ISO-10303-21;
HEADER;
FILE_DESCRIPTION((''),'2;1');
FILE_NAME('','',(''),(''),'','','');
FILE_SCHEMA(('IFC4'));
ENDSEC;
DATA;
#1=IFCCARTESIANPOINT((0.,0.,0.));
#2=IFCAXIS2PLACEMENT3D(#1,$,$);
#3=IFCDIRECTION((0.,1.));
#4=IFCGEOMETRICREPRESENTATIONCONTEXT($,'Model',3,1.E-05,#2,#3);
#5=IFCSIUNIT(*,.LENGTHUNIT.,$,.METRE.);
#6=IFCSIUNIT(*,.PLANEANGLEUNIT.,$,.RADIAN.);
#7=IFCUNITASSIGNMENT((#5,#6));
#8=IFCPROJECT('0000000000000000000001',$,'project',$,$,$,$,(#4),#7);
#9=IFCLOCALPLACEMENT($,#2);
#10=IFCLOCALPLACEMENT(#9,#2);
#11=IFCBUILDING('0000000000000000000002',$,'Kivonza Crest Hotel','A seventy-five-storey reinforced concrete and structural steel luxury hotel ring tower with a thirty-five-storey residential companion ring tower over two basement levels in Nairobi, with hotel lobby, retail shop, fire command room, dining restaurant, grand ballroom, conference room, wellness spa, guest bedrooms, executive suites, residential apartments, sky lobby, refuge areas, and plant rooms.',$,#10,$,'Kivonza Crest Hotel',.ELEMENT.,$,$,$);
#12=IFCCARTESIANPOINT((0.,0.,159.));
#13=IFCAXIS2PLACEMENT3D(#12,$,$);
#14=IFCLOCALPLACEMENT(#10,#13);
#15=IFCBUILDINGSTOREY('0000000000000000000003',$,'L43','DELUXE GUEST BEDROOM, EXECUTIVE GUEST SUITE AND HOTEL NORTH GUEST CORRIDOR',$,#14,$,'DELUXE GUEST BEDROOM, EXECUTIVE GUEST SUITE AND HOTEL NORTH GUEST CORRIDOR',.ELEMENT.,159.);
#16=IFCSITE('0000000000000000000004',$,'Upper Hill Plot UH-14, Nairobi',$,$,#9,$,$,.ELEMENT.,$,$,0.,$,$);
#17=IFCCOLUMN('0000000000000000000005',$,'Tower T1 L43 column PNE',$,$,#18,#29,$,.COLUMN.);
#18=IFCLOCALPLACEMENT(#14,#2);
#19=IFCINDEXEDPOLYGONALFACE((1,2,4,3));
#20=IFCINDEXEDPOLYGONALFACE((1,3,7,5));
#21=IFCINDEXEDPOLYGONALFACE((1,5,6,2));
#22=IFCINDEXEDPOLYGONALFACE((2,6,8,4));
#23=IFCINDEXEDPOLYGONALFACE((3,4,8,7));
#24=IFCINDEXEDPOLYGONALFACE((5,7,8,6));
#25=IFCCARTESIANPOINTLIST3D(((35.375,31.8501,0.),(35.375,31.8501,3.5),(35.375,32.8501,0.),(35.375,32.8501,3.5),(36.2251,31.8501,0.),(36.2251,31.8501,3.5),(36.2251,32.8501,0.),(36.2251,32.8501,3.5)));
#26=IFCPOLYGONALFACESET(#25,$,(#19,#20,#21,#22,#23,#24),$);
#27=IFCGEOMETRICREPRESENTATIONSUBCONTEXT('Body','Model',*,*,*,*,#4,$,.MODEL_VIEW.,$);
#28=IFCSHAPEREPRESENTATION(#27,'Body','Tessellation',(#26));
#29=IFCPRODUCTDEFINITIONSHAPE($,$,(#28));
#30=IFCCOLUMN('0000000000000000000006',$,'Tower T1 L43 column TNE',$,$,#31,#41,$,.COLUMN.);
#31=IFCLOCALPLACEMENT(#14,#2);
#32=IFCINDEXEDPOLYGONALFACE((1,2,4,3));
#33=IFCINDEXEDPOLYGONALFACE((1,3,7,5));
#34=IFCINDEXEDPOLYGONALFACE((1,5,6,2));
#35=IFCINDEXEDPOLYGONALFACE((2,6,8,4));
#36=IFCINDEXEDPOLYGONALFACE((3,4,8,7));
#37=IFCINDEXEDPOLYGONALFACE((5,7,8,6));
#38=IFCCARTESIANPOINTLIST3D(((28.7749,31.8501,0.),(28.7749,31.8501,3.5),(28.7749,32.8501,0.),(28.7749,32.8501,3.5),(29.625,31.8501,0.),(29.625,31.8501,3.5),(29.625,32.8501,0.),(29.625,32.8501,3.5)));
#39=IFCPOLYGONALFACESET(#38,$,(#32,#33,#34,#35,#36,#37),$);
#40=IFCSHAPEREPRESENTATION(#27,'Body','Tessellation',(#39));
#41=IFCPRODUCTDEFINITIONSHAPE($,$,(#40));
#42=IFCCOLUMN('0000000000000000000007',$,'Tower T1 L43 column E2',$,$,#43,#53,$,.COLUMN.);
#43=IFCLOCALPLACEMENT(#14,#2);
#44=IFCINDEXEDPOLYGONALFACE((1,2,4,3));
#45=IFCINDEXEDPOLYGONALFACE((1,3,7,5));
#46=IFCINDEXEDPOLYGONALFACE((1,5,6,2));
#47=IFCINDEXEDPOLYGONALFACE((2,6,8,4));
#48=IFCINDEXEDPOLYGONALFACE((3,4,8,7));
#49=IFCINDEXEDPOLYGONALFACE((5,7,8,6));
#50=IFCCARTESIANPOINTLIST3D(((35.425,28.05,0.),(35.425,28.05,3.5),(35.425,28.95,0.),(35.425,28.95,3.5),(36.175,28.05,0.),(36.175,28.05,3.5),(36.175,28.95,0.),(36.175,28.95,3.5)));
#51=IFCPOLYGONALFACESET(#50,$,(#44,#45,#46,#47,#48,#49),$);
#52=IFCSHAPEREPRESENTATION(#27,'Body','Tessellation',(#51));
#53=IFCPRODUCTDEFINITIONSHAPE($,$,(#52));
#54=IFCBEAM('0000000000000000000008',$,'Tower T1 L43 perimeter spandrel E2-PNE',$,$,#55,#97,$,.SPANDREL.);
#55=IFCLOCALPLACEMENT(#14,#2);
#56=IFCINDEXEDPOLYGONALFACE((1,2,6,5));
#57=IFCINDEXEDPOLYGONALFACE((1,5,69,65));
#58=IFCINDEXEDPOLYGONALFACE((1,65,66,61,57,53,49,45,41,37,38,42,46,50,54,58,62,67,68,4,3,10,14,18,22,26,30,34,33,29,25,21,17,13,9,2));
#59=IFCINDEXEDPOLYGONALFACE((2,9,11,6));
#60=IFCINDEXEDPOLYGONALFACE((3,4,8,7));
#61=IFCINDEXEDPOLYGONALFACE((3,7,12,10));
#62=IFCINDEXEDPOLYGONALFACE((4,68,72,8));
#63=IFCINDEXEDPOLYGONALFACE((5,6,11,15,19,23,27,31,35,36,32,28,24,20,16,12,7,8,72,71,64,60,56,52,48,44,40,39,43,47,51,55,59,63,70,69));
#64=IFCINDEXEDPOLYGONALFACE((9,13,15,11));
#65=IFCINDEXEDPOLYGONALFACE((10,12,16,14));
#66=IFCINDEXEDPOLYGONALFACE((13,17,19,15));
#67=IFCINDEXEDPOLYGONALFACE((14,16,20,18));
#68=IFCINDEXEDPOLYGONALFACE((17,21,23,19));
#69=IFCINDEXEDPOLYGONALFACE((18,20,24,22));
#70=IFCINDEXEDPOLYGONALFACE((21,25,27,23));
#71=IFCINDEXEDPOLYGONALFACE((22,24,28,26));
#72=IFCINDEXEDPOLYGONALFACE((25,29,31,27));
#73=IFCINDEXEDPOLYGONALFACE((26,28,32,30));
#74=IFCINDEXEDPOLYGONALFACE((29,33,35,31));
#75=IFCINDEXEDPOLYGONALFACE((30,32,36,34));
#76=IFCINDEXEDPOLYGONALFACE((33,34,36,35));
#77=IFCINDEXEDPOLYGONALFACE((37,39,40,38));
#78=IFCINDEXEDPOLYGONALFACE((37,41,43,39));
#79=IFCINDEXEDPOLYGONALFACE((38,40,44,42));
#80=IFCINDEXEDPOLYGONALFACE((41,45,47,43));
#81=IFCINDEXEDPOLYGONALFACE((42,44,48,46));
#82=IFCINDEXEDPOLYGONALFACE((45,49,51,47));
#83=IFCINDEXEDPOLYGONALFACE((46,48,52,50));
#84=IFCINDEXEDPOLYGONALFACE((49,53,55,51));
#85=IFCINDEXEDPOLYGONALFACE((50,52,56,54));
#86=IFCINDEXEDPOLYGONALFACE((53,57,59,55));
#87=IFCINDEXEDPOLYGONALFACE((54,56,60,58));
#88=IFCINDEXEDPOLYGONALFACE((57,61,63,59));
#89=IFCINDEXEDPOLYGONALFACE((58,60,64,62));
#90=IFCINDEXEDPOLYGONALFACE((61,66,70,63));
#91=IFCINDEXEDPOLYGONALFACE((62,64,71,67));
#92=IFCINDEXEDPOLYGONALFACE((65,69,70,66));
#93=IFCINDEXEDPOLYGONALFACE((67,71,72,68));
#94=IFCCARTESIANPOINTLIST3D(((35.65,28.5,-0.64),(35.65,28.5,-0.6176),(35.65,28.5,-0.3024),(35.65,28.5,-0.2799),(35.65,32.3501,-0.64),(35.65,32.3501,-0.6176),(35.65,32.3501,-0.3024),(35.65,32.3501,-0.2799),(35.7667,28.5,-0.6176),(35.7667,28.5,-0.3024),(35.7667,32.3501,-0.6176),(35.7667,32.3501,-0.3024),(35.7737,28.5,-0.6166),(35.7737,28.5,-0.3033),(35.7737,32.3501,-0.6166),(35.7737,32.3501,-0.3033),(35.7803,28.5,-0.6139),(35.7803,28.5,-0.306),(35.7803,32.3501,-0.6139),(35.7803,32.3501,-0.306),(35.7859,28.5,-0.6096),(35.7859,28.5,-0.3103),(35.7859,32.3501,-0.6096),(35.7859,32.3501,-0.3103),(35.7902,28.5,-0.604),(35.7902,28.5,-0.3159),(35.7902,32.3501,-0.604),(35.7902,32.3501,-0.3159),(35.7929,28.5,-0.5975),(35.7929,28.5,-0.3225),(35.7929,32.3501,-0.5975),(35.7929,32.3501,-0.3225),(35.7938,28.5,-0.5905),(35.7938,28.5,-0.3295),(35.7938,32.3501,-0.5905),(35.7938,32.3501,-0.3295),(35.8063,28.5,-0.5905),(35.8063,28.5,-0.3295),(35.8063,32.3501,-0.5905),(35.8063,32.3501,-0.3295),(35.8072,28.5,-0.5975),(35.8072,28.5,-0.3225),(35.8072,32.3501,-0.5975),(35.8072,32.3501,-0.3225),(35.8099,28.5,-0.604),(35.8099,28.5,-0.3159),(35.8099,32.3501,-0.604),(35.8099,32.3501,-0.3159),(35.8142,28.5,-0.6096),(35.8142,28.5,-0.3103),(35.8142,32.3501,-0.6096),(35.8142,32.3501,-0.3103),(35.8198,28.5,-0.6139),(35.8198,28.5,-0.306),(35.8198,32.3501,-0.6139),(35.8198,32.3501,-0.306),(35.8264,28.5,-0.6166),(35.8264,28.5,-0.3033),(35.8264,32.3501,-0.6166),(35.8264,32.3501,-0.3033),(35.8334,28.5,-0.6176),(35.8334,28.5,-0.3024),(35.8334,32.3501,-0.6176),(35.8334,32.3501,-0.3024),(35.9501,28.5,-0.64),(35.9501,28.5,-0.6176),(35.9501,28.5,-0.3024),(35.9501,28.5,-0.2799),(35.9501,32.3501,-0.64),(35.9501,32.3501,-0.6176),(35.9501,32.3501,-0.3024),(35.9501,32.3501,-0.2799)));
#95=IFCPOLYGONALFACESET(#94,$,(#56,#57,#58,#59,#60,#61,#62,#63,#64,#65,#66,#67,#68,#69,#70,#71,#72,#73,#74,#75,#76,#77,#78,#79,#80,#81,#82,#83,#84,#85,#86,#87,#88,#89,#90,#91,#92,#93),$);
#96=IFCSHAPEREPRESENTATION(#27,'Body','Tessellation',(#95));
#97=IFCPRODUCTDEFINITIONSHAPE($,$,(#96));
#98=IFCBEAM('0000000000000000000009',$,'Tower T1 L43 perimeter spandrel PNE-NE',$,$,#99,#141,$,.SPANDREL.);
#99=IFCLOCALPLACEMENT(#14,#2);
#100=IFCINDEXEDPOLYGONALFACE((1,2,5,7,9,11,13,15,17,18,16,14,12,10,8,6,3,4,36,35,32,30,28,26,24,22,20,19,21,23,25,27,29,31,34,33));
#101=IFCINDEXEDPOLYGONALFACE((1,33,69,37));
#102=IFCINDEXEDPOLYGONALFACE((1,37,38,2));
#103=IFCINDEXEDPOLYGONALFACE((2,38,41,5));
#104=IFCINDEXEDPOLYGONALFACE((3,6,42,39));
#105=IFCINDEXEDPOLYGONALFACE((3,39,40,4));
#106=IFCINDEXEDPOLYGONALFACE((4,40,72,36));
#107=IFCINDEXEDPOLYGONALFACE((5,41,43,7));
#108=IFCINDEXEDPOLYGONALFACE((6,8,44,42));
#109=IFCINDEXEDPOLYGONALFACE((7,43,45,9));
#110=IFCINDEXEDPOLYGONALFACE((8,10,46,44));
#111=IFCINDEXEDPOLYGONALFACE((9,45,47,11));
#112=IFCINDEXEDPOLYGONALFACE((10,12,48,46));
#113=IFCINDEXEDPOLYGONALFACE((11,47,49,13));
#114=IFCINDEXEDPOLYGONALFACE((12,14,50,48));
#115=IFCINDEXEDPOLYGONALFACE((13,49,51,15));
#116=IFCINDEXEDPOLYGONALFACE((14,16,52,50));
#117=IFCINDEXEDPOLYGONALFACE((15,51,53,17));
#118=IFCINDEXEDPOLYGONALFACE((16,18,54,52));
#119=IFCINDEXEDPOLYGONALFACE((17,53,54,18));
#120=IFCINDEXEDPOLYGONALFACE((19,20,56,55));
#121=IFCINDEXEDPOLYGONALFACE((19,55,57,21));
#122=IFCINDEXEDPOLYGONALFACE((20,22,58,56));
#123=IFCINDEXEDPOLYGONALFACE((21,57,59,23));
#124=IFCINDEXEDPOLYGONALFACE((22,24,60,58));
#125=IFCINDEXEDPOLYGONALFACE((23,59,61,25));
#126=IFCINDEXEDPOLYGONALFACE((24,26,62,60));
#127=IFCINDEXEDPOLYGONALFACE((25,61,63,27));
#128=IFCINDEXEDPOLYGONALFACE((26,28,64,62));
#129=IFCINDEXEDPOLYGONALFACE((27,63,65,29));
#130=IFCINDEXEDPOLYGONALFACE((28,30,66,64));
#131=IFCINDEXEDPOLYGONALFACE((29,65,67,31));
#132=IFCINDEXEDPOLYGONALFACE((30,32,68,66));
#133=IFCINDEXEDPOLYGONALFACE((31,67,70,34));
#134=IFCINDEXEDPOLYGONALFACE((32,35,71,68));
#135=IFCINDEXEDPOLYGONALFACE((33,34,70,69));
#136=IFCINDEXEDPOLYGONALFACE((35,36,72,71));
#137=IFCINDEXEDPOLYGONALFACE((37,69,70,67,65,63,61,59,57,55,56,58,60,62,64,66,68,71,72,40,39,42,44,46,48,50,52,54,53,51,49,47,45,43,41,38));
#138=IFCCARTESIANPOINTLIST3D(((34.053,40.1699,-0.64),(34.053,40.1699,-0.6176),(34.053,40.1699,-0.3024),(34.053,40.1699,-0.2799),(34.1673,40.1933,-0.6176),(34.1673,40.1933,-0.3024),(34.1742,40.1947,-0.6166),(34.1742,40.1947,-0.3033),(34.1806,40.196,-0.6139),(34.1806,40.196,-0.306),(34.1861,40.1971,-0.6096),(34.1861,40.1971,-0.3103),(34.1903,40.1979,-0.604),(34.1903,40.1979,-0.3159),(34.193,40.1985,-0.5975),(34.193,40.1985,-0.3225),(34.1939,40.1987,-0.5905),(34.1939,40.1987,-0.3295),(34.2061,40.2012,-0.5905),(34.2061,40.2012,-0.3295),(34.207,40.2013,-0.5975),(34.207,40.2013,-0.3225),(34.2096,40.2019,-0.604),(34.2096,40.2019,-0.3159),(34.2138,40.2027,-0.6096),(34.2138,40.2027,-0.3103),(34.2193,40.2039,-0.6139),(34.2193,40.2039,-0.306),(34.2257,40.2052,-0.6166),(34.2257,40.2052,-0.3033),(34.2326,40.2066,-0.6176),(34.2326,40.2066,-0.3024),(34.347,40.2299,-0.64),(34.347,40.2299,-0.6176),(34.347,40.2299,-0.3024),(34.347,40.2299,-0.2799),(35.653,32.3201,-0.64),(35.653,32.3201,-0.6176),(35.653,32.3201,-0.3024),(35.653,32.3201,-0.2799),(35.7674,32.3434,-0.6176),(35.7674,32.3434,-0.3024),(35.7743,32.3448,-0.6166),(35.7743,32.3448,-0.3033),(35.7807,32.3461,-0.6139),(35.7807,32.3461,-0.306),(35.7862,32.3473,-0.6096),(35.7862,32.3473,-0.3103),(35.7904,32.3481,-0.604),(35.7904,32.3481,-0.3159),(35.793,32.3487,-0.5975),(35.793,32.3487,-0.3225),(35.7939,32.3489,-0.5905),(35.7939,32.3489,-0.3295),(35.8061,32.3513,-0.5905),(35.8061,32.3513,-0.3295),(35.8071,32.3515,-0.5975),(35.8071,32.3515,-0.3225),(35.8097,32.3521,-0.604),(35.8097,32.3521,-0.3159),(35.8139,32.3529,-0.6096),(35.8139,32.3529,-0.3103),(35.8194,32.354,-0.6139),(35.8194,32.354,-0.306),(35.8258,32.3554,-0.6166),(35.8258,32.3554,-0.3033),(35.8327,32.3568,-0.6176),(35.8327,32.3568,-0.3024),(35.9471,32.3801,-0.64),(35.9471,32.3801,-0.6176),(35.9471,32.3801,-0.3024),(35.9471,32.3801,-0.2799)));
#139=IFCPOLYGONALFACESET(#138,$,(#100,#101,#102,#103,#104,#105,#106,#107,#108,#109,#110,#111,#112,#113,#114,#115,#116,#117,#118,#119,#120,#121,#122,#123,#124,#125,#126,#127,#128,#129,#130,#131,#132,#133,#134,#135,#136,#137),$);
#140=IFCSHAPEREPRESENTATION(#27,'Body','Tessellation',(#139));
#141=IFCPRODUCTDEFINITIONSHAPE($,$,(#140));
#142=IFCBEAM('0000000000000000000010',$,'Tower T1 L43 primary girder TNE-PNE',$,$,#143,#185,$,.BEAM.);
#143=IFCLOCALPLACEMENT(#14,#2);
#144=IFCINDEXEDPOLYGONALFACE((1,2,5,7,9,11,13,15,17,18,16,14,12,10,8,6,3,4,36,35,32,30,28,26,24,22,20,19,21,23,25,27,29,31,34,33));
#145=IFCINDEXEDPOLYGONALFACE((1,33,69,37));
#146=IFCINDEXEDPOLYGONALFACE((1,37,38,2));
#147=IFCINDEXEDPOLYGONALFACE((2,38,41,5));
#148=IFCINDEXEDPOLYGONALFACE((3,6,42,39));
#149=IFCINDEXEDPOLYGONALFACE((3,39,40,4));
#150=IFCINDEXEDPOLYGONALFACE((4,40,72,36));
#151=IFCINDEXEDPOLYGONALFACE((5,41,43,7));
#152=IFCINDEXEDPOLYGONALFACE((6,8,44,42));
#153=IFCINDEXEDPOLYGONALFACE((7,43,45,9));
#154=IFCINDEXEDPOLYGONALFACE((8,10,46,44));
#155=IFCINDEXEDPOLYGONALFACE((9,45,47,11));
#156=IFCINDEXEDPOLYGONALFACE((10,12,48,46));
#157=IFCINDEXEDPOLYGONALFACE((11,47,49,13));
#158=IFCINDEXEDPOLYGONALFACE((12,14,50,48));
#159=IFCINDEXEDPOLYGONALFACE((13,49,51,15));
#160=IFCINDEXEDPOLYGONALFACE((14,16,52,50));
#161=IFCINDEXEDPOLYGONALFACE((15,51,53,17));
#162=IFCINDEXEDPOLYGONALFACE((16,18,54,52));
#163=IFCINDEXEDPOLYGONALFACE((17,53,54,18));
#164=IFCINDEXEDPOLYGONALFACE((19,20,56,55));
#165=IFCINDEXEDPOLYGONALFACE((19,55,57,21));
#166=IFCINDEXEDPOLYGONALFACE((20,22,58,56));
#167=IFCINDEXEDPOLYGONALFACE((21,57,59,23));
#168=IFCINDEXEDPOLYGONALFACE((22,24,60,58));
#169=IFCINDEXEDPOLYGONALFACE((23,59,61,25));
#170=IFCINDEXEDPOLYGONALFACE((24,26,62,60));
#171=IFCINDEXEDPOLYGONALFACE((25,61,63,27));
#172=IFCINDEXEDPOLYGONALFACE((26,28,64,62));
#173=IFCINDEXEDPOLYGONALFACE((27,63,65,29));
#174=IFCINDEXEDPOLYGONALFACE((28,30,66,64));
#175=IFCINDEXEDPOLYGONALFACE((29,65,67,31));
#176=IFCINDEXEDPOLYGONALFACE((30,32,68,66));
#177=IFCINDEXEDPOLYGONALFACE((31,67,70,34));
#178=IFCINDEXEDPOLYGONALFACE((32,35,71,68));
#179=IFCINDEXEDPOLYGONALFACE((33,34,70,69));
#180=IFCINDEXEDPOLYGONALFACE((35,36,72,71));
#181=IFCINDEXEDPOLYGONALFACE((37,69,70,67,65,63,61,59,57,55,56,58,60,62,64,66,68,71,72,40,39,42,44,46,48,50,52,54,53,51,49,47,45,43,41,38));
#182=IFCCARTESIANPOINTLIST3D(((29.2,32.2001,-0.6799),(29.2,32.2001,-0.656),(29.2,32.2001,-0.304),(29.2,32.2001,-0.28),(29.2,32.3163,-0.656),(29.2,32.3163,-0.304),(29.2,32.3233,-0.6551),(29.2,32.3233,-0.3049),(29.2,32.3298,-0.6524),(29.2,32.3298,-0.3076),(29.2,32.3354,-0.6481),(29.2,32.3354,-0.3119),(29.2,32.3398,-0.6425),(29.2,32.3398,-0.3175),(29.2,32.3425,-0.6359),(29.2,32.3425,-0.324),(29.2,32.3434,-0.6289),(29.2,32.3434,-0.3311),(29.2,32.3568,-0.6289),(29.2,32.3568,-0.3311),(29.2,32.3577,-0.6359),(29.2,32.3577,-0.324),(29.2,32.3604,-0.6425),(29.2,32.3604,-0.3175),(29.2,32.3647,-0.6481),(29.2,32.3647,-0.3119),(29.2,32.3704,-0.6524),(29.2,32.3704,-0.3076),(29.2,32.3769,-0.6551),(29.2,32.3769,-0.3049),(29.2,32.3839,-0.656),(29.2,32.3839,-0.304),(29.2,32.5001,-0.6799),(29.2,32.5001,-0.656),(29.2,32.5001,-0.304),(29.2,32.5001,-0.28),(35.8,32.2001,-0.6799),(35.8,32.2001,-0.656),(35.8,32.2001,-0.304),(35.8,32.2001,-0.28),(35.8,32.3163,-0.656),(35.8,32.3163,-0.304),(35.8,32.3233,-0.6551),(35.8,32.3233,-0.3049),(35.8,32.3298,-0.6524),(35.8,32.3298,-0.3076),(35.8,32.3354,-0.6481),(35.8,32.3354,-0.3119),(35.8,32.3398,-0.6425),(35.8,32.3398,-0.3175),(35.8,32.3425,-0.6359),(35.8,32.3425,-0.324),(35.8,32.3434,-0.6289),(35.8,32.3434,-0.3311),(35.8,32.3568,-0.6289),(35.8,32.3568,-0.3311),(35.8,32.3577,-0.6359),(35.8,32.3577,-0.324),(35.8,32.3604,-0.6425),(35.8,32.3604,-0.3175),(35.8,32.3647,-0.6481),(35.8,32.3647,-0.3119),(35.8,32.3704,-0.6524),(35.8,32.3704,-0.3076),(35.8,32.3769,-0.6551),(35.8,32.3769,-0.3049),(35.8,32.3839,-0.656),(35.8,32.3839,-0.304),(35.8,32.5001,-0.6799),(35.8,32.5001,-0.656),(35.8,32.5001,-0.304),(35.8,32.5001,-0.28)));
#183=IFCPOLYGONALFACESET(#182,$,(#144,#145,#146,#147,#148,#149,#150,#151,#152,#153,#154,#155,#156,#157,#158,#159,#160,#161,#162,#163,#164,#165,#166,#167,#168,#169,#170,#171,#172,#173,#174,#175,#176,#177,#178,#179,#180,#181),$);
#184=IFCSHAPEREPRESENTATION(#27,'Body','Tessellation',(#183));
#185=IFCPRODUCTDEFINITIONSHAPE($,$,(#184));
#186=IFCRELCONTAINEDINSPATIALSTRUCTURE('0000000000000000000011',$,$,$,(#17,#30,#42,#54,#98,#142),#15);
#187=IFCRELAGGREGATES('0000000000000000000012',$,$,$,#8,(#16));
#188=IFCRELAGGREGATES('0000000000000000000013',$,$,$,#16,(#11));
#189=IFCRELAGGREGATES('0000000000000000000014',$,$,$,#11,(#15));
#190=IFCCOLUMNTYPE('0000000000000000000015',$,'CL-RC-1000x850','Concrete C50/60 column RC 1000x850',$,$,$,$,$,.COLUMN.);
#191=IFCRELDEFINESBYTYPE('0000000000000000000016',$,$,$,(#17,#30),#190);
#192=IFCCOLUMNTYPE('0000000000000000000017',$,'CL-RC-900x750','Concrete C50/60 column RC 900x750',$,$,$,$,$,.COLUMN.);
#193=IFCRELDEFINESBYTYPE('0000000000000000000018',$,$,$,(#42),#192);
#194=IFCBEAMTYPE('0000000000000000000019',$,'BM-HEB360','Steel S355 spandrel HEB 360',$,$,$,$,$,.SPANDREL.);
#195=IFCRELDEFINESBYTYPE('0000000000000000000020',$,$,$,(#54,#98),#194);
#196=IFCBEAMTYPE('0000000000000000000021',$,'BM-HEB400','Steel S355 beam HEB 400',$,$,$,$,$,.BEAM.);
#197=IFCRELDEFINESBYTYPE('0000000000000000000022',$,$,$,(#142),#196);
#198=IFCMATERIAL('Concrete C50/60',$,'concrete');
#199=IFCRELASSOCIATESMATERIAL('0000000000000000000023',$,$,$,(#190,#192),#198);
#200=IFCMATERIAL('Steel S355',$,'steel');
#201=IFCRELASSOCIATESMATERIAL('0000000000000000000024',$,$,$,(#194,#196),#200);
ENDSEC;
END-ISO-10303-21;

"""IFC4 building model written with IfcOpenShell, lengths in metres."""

from ifc_helpers import new_model, si_unit, direction, frame, origin, origin_2d, place, context, subcontext, project, spatial, rectangle, i_section, extrude, material, material_profile, profile_set, type_object, element, save


model = new_model("IFC4")

# Units and contexts
model_context = context("Model", 3, precision=1e-05, world=origin(), true_north=direction((0.0, 1.0)))
body_context = subcontext(model_context, "Body", "Model", "MODEL_VIEW")
ifc_project = project(units=[si_unit("LENGTHUNIT", "METRE"), si_unit("PLANEANGLEUNIT", "RADIAN")], contexts=[model_context])

# Site, building, storey
site_placement = place(None, origin())
site = spatial("IfcSite", under=ifc_project, at=site_placement, Name="Upper Hill Plot UH-14, Nairobi", CompositionType="ELEMENT", RefElevation=0.0)
building_placement = place(site_placement, origin())
building = spatial("IfcBuilding", under=site, at=building_placement, Name="Kivonza Crest Hotel", Description="A seventy-five-storey reinforced concrete and structural steel luxury hotel ring tower with a thirty-five-storey residential companion ring tower over two basement levels in Nairobi, with hotel lobby, retail shop, fire command room, dining restaurant, grand ballroom, conference room, wellness spa, guest bedrooms, executive suites, residential apartments, sky lobby, refuge areas, and plant rooms.", LongName="Kivonza Crest Hotel", CompositionType="ELEMENT")
storey_placement = place(building_placement, frame((0.0, 0.0, 159.0)))
storey = spatial("IfcBuildingStorey", under=building, at=storey_placement, Name="L43", Description="DELUXE GUEST BEDROOM, EXECUTIVE GUEST SUITE AND HOTEL NORTH GUEST CORRIDOR", LongName="DELUXE GUEST BEDROOM, EXECUTIVE GUEST SUITE AND HOTEL NORTH GUEST CORRIDOR", CompositionType="ELEMENT", Elevation=159.0)

# Columns
ifc_material_1 = material(Name="Concrete C50/60", Category="concrete")
ifc_material_profile_1 = material_profile(ifc_material_1, rectangle(XDim=0.8501, YDim=1.0, at=origin_2d()), Name="RC 1000x850")
ifc_profile_set_1 = profile_set([ifc_material_profile_1], Name="Concrete C50/60")
column_type_1 = type_object("IfcColumnType", Name="CL-RC-1000x850", Description="Concrete C50/60 column RC 1000x850", PredefinedType="COLUMN", material=ifc_profile_set_1)
for number, where, z_axis, x_axis, name in (
    (1, (35.8, 32.3501, 0.0), (0.0, 0.0, 1.0), (1.0, 0.0, 0.0), "Tower T1 L43 column PNE"),
    (2, (29.2, 32.3501, 0.0), (0.0, 0.0, 1.0), (1.0, 0.0, 0.0), "Tower T1 L43 column TNE"),
):
    element("IfcColumn", number, at=place(storey_placement, frame(where, z_axis=z_axis, x_axis=x_axis)), inside=storey, type_object=column_type_1, Name=name, PredefinedType="COLUMN", context=body_context, shape_type="SweptSolid", body=[
        extrude(rectangle(XDim=0.8501, YDim=1.0, at=origin_2d()), origin(), (0.0, 0.0, 1.0), 3.5),
    ])
ifc_material_profile_2 = material_profile(ifc_material_1, rectangle(XDim=0.75, YDim=0.8999, at=origin_2d()), Name="RC 900x750")
ifc_profile_set_2 = profile_set([ifc_material_profile_2], Name="Concrete C50/60")
column_type_2 = type_object("IfcColumnType", Name="CL-RC-900x750", Description="Concrete C50/60 column RC 900x750", PredefinedType="COLUMN", material=ifc_profile_set_2)
column_placement = place(storey_placement, frame((35.8, 28.5, 0.0), z_axis=(0.0, 0.0, 1.0), x_axis=(1.0, 0.0, 0.0)))
element("IfcColumn", 3, at=column_placement, inside=storey, type_object=column_type_2, Name="Tower T1 L43 column E2", PredefinedType="COLUMN", context=body_context, shape_type="SweptSolid", body=[
    extrude(rectangle(XDim=0.75, YDim=0.8999, at=origin_2d()), origin(), (0.0, 0.0, 1.0), 3.5),
])

# Beams
ifc_material_2 = material(Name="Steel S355", Category="steel")
ifc_material_profile_3 = material_profile(ifc_material_2, i_section(OverallWidth=0.3, OverallDepth=0.3601, WebThickness=0.0125, FlangeThickness=0.0225, FilletRadius=0.0271, at=origin_2d()), Name="HEB 360")
ifc_profile_set_3 = profile_set([ifc_material_profile_3], Name="Steel S355")
beam_type_1 = type_object("IfcBeamType", Name="BM-HEB360", Description="Steel S355 spandrel HEB 360", PredefinedType="SPANDREL", material=ifc_profile_set_3)
beam_1_placement = place(storey_placement, frame((35.8, 28.5, -0.46), z_axis=(0.0, 1.0, 0.0), x_axis=(-1.0, 0.0, 0.0)))
element("IfcBeam", 4, at=beam_1_placement, inside=storey, type_object=beam_type_1, Name="Tower T1 L43 perimeter spandrel E2-PNE", PredefinedType="SPANDREL", context=body_context, shape_type="SweptSolid", body=[
    extrude(i_section(OverallWidth=0.3, OverallDepth=0.3601, WebThickness=0.0125, FlangeThickness=0.0225, FilletRadius=0.0271, at=origin_2d()), origin(), (0.0, 0.0, 1.0), 3.8501),
])
beam_2_placement = place(storey_placement, frame((35.8, 32.3501, -0.46), z_axis=(-0.199731, 0.979851, 0.0), x_axis=(-0.979851, -0.199731, 0.0)))
element("IfcBeam", 5, at=beam_2_placement, inside=storey, type_object=beam_type_1, Name="Tower T1 L43 perimeter spandrel PNE-NE", PredefinedType="SPANDREL", context=body_context, shape_type="SweptSolid", body=[
    extrude(i_section(OverallWidth=0.3, OverallDepth=0.3601, WebThickness=0.0125, FlangeThickness=0.0225, FilletRadius=0.0271, at=origin_2d()), origin(), (0.0, 0.0, 1.0), 8.0112),
])
ifc_material_profile_4 = material_profile(ifc_material_2, i_section(OverallWidth=0.3, OverallDepth=0.3999, WebThickness=0.0134, FlangeThickness=0.0239, FilletRadius=0.0271, at=origin_2d()), Name="HEB 400")
ifc_profile_set_4 = profile_set([ifc_material_profile_4], Name="Steel S355")
beam_type_2 = type_object("IfcBeamType", Name="BM-HEB400", Description="Steel S355 beam HEB 400", PredefinedType="BEAM", material=ifc_profile_set_4)
beam_3_placement = place(storey_placement, frame((29.2, 32.3501, -0.48), z_axis=(1.0, 0.0, 0.0), x_axis=(0.0, 1.0, 0.0)))
element("IfcBeam", 6, at=beam_3_placement, inside=storey, type_object=beam_type_2, Name="Tower T1 L43 primary girder TNE-PNE", PredefinedType="BEAM", context=body_context, shape_type="SweptSolid", body=[
    extrude(i_section(OverallWidth=0.3, OverallDepth=0.3999, WebThickness=0.0134, FlangeThickness=0.0239, FilletRadius=0.0271, at=origin_2d()), origin(), (0.0, 0.0, 1.0), 6.6001),
])

save(model, "model.ifc")
